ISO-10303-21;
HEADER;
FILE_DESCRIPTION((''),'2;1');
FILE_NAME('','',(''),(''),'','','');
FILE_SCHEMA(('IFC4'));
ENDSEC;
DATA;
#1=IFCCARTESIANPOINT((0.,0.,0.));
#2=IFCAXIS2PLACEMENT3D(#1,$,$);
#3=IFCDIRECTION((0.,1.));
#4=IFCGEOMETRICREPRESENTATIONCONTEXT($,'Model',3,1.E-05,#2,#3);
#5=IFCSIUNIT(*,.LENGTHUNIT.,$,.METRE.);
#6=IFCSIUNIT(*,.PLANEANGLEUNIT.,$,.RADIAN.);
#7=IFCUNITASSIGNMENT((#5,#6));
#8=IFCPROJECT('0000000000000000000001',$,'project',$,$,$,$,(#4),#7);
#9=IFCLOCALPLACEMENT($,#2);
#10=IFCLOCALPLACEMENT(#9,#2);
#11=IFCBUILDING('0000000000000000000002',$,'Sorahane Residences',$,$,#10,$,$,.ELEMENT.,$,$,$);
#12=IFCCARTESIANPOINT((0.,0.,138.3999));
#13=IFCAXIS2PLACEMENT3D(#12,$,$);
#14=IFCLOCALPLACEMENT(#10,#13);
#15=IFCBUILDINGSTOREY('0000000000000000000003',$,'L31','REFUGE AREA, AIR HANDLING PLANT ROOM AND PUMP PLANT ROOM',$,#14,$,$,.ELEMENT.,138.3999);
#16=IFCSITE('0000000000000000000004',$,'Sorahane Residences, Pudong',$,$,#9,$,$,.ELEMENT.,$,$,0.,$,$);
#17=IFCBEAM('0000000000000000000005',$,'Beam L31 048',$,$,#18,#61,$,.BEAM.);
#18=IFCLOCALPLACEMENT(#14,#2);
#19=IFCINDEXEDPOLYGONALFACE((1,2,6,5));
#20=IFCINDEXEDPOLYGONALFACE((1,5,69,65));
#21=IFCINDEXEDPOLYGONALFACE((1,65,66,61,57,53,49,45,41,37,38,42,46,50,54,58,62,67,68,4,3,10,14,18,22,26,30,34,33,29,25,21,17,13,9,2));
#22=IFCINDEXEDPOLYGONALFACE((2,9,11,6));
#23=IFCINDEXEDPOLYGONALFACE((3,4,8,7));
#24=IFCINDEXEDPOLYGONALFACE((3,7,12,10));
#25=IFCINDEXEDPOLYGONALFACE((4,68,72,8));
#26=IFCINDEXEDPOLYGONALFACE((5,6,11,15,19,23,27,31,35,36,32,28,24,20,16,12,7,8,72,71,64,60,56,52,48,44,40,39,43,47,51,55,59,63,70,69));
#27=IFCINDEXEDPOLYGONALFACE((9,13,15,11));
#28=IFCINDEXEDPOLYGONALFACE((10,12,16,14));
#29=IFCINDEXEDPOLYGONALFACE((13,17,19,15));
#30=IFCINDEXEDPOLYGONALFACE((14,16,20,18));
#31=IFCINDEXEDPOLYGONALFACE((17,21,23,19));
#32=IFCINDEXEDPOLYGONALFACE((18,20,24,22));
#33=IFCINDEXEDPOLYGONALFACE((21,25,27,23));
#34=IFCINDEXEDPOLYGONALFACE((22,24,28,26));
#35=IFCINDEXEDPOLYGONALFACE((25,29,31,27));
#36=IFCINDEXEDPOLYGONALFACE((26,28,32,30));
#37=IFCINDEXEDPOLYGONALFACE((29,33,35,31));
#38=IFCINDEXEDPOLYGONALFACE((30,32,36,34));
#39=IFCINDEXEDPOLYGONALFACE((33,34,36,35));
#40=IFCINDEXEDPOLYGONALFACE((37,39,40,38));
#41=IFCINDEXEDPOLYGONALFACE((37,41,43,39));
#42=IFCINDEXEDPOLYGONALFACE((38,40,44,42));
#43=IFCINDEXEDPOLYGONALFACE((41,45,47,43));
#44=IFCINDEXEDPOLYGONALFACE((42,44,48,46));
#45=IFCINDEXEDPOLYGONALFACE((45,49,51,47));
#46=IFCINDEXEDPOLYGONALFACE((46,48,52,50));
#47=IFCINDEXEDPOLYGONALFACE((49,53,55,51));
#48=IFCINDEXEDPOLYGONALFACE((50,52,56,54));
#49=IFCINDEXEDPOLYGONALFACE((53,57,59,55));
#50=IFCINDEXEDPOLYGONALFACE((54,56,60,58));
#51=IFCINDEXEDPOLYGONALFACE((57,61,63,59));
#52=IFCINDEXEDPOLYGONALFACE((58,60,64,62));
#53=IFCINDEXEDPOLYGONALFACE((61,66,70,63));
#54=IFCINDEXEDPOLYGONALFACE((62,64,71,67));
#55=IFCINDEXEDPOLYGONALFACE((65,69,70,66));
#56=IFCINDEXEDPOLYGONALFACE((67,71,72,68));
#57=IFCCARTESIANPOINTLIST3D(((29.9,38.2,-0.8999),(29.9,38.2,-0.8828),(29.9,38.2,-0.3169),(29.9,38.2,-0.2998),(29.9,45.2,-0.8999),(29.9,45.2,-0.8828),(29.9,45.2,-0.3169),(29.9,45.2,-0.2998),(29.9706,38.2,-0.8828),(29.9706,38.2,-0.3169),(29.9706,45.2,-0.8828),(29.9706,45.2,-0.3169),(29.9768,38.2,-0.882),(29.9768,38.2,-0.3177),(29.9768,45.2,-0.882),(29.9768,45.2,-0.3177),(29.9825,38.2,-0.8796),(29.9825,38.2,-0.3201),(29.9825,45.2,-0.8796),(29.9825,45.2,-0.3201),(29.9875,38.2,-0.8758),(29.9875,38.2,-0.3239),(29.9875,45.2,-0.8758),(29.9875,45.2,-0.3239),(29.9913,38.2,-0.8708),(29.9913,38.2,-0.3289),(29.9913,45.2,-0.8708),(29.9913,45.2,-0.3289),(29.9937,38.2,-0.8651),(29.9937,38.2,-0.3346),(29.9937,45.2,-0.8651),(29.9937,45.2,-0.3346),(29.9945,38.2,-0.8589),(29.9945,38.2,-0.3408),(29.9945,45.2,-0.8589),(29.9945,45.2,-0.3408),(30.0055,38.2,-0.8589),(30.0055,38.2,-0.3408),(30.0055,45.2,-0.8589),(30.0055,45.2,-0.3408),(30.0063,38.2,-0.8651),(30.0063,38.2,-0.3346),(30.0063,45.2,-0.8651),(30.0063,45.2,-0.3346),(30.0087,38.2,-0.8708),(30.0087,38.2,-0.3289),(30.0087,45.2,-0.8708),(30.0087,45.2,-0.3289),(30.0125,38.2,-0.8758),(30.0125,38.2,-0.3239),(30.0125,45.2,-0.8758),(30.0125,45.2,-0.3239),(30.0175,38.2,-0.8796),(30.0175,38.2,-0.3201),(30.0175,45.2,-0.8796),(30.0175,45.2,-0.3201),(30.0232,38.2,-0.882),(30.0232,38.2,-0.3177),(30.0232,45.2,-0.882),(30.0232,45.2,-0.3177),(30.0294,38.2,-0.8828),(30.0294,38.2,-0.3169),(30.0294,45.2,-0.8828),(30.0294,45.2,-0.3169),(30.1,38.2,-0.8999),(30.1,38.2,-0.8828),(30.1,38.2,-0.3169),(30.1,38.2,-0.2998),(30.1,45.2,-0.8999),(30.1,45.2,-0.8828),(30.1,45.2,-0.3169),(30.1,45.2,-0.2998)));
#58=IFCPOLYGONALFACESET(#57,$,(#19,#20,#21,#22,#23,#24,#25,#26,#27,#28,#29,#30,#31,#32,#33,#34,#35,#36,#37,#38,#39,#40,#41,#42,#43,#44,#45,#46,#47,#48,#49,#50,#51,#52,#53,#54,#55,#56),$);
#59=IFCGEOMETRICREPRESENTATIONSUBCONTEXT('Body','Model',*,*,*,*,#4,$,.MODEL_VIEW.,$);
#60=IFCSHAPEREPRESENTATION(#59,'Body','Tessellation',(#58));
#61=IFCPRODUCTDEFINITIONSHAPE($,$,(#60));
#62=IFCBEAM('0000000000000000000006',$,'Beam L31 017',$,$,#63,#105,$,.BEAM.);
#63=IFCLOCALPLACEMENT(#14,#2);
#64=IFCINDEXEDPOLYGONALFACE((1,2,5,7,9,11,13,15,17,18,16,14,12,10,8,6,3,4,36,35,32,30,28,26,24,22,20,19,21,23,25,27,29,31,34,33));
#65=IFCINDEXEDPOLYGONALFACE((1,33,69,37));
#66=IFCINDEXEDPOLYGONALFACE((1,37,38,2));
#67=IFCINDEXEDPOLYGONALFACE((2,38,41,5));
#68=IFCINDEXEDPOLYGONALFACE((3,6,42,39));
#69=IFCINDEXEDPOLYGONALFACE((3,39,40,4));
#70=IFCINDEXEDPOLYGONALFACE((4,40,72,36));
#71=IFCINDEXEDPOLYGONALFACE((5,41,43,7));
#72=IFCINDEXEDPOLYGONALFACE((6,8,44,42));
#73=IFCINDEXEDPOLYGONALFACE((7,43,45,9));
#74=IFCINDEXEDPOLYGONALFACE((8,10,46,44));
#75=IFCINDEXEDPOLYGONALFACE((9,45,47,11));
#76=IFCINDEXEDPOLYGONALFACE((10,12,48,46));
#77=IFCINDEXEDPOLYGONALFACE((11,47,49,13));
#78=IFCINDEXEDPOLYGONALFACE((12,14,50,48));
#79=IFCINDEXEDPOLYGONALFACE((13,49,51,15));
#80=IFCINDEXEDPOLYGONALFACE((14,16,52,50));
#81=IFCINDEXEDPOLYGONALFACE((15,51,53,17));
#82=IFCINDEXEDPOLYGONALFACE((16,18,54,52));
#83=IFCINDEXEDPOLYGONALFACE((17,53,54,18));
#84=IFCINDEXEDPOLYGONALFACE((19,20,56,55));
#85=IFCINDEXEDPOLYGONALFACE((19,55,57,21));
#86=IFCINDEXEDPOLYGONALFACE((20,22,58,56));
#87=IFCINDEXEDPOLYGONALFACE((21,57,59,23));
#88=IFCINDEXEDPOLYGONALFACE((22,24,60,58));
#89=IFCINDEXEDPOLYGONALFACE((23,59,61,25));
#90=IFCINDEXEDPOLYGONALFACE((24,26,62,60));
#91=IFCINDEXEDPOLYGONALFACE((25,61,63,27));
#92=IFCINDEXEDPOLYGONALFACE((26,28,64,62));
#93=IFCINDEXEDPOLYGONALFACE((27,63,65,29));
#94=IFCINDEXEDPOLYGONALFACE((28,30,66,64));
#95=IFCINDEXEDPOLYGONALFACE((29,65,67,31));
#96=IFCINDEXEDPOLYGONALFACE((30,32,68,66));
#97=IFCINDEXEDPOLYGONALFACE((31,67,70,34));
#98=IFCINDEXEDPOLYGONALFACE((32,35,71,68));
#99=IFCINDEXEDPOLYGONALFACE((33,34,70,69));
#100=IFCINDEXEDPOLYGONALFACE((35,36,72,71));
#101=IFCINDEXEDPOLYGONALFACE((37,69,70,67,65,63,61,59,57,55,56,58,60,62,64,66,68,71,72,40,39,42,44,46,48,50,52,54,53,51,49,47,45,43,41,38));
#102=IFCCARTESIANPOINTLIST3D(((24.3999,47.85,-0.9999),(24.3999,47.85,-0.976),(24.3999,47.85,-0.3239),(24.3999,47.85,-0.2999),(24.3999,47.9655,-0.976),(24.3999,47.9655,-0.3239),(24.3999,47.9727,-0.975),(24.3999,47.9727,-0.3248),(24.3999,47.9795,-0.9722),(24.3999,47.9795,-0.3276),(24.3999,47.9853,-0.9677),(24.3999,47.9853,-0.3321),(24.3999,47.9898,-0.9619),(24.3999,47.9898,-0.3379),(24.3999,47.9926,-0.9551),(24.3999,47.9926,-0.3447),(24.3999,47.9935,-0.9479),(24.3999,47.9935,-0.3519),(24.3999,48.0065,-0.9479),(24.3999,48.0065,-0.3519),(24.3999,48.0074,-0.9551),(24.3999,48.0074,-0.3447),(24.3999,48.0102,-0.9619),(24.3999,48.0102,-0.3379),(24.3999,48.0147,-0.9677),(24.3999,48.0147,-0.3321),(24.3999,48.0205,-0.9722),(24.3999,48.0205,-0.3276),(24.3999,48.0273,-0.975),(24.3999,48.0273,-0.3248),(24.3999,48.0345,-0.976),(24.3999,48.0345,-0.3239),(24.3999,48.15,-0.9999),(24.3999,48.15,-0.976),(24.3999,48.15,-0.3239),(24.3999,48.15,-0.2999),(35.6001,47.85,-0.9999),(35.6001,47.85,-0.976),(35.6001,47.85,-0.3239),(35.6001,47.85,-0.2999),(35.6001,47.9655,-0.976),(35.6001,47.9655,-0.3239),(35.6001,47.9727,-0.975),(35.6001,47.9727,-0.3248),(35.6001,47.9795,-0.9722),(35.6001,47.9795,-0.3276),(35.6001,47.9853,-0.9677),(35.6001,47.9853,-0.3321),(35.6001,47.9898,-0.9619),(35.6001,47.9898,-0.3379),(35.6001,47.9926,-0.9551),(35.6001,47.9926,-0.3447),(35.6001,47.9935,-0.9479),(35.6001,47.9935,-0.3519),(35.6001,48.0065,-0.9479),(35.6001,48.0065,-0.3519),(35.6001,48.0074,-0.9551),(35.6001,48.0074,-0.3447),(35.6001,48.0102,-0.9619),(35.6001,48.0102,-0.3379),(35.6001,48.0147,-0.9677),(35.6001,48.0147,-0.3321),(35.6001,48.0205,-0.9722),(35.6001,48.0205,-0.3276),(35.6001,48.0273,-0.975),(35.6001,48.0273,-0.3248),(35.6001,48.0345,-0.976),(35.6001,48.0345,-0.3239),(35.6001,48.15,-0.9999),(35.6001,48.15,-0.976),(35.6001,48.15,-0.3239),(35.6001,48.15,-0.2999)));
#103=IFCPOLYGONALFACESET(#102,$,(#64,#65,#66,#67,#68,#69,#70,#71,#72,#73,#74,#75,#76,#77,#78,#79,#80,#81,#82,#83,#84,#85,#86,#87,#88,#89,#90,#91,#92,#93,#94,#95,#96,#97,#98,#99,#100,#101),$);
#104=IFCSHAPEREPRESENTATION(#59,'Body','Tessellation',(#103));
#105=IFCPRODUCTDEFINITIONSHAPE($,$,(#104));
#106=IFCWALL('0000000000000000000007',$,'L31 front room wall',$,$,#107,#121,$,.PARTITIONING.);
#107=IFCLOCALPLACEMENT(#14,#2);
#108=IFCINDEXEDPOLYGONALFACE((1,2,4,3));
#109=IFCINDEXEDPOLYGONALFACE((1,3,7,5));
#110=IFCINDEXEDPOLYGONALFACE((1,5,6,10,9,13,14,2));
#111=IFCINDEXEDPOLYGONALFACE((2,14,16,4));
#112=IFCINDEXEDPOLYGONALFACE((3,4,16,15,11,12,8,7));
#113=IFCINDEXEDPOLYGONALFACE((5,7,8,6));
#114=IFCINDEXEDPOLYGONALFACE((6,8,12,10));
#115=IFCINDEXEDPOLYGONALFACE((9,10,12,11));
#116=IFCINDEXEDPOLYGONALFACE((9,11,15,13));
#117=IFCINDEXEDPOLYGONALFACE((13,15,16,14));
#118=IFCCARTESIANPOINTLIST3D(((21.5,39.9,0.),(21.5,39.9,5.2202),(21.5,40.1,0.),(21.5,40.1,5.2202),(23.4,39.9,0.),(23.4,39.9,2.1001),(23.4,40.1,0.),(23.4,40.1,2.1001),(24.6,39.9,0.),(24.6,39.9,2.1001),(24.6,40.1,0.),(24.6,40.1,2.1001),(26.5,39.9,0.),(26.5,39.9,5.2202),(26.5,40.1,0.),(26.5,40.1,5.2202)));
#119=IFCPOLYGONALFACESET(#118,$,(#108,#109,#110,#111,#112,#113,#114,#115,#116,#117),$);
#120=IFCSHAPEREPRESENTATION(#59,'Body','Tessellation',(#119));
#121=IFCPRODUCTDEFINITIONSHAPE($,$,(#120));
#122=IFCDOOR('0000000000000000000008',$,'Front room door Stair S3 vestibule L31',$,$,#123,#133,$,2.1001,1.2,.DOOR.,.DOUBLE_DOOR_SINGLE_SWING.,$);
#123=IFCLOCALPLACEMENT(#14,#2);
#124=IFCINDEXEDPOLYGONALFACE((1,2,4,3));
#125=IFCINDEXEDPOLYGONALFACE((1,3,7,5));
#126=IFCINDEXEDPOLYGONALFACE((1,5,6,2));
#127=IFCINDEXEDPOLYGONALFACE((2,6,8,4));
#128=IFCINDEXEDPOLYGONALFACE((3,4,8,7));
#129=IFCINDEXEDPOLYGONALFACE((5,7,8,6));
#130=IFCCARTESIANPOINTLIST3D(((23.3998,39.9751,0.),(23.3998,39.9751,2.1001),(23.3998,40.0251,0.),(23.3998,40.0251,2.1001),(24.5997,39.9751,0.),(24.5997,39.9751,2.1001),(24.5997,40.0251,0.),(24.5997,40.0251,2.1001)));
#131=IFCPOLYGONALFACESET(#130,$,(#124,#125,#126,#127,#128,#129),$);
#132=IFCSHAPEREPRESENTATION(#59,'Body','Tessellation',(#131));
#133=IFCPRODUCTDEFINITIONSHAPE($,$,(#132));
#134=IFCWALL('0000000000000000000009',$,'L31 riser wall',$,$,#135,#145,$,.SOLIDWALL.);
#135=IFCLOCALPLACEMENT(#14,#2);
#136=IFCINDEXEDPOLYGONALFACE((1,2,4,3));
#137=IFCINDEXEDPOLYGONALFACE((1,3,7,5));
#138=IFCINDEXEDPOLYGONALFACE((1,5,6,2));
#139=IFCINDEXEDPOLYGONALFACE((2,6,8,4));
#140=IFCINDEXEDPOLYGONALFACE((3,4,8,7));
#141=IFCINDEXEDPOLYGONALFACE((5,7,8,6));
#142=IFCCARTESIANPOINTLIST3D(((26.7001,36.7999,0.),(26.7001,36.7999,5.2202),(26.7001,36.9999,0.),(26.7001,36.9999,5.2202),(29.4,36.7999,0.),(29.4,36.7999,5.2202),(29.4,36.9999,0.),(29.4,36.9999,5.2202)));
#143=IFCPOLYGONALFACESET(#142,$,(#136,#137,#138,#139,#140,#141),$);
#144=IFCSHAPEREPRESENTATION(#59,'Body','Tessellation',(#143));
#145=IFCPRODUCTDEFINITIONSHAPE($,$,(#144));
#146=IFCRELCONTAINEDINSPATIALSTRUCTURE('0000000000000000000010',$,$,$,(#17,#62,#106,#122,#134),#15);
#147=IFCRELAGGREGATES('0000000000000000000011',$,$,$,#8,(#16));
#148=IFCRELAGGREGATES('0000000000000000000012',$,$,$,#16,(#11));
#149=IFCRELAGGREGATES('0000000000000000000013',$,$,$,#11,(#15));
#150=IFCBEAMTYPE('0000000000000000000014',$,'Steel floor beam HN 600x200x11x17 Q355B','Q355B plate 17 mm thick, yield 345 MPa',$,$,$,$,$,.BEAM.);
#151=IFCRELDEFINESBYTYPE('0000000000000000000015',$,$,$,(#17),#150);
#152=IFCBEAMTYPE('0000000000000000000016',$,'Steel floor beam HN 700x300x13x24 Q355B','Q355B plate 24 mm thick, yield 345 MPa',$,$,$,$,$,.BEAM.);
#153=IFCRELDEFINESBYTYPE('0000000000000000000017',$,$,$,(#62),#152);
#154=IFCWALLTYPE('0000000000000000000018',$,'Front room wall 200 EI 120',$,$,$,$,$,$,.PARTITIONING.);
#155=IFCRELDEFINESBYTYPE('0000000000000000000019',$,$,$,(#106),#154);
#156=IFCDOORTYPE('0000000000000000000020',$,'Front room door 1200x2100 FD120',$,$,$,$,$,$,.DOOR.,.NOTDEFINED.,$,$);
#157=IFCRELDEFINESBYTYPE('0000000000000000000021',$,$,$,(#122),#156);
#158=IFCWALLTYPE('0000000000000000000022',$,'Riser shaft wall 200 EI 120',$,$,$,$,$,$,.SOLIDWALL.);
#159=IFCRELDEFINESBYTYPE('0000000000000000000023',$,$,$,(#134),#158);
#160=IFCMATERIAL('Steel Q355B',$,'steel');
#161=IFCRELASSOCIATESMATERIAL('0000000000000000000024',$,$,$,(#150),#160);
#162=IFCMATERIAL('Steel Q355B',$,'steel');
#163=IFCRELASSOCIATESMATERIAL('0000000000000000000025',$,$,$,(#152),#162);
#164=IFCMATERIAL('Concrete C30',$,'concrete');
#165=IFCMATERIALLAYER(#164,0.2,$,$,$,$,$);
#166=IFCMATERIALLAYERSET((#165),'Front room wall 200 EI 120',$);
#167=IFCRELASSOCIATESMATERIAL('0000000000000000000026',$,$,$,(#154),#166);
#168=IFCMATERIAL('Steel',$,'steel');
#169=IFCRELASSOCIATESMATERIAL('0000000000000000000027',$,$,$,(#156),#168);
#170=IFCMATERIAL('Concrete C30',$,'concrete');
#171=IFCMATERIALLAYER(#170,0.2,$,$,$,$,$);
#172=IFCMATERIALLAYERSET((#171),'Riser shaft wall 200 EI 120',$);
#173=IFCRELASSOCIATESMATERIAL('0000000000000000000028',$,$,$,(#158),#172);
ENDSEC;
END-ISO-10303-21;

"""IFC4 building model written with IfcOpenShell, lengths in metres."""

from ifc_helpers import new_model, si_unit, direction, frame, frame_2d, origin, origin_2d, place, context, subcontext, project, spatial, rectangle, i_section, extrude, material, layer, layer_set, material_profile, profile_set, type_object, element, fill, save


model = new_model("IFC4")

# Units and contexts
model_context = context("Model", 3, precision=1e-05, world=origin(), true_north=direction((0.0, 1.0)))
body_context = subcontext(model_context, "Body", "Model", "MODEL_VIEW")
ifc_project = project(units=[si_unit("LENGTHUNIT", "METRE"), si_unit("PLANEANGLEUNIT", "RADIAN")], contexts=[model_context])

# Site, building, storey
site_placement = place(None, origin())
site = spatial("IfcSite", under=ifc_project, at=site_placement, Name="Sorahane Residences, Pudong", CompositionType="ELEMENT", RefElevation=0.0)
building_placement = place(site_placement, origin())
building = spatial("IfcBuilding", under=site, at=building_placement, Name="Sorahane Residences", CompositionType="ELEMENT")
storey_placement = place(building_placement, frame((0.0, 0.0, 138.3999)))
storey = spatial("IfcBuildingStorey", under=building, at=storey_placement, Name="L31", Description="REFUGE AREA, AIR HANDLING PLANT ROOM AND PUMP PLANT ROOM", CompositionType="ELEMENT", Elevation=138.3999)

# Beams
ifc_material_1 = material(Name="Steel Q355B", Category="steel")
ifc_material_profile_1 = material_profile(ifc_material_1, i_section(OverallWidth=0.2, OverallDepth=0.6001, WebThickness=0.011, FlangeThickness=0.0171, FilletRadius=0.0239, at=origin_2d()), Name="HN 600x200x11x17")
ifc_profile_set_1 = profile_set([ifc_material_profile_1], Name="Steel Q355B")
beam_type_1 = type_object("IfcBeamType", Name="Steel floor beam HN 600x200x11x17 Q355B", Description="Q355B plate 17 mm thick, yield 345 MPa", PredefinedType="BEAM", material=ifc_profile_set_1)
for number, where, z_axis, x_axis, name in (
    (1, (30.0, 38.2, -0.5999), (0.0, 1.0, 0.0), (-1.0, 0.0, 0.0), "Beam L31 048"),
):
    element("IfcBeam", number, at=place(storey_placement, frame(where, z_axis=z_axis, x_axis=x_axis)), inside=storey, type_object=beam_type_1, Name=name, PredefinedType="BEAM", context=body_context, shape_type="SweptSolid", body=[
        extrude(i_section(OverallWidth=0.2, OverallDepth=0.6001, WebThickness=0.011, FlangeThickness=0.0171, FilletRadius=0.0239, at=origin_2d()), origin(), (0.0, 0.0, 1.0), 7.0),
    ])
ifc_material_2 = material(Name="Steel Q355B", Category="steel")
ifc_material_profile_2 = material_profile(ifc_material_2, i_section(OverallWidth=0.3, OverallDepth=0.7, WebThickness=0.0129, FlangeThickness=0.0239, FilletRadius=0.0281, at=origin_2d()), Name="HN 700x300x13x24")
ifc_profile_set_2 = profile_set([ifc_material_profile_2], Name="Steel Q355B")
beam_type_2 = type_object("IfcBeamType", Name="Steel floor beam HN 700x300x13x24 Q355B", Description="Q355B plate 24 mm thick, yield 345 MPa", PredefinedType="BEAM", material=ifc_profile_set_2)
beam_1_placement = place(storey_placement, frame((24.3999, 48.0, -0.6499), z_axis=(1.0, 0.0, 0.0), x_axis=(0.0, 1.0, 0.0)))
element("IfcBeam", 2, at=beam_1_placement, inside=storey, type_object=beam_type_2, Name="Beam L31 017", PredefinedType="BEAM", context=body_context, shape_type="SweptSolid", body=[
    extrude(i_section(OverallWidth=0.3, OverallDepth=0.7, WebThickness=0.0129, FlangeThickness=0.0239, FilletRadius=0.0281, at=origin_2d()), origin(), (0.0, 0.0, 1.0), 11.2002),
])

# Wall, opening, door
ifc_material_3 = material(Name="Concrete C30", Category="concrete")
ifc_layer_1 = layer(ifc_material_3, 0.2)
ifc_layer_set_1 = layer_set([ifc_layer_1], Name="Front room wall 200 EI 120")
wall_type_1 = type_object("IfcWallType", Name="Front room wall 200 EI 120", PredefinedType="PARTITIONING", material=ifc_layer_set_1)
wall_1_placement = place(storey_placement, frame((21.5, 40.0, 0.0), z_axis=(0.0, 0.0, 1.0), x_axis=(1.0, 0.0, 0.0)))
wall_1 = element("IfcWall", 3, at=wall_1_placement, inside=storey, type_object=wall_type_1, Name="L31 front room wall", PredefinedType="PARTITIONING", context=body_context, shape_type="SweptSolid", body=[
    extrude(rectangle(XDim=5.0, YDim=0.2, at=frame_2d((2.5, 0.0))), origin(), (0.0, 0.0, 1.0), 5.2202),
])
opening_placement = place(wall_1_placement, frame((1.8999, 0.0, 0.0)))
opening = element("IfcOpeningElement", 4, at=opening_placement, cuts=wall_1, PredefinedType="OPENING", context=body_context, shape_type="SweptSolid", body=[
    extrude(rectangle(XDim=1.2, YDim=2.1001, at=frame_2d((0.6001, 1.05))), frame((0.0, 0.1099, 0.0), z_axis=(0.0, -1.0, 0.0), x_axis=(1.0, 0.0, 0.0)), (0.0, 0.0, 1.0), 0.22),
])
ifc_material_4 = material(Name="Steel", Category="steel")
door_type = type_object("IfcDoorType", Name="Front room door 1200x2100 FD120", OperationType="NOTDEFINED", PredefinedType="DOOR", material=ifc_material_4)
door_placement = place(opening_placement, frame((1.2, 0.0, 0.0), z_axis=(0.0, 0.0, 1.0), x_axis=(-1.0, 0.0, 0.0)))
door = element("IfcDoor", 5, at=door_placement, inside=storey, type_object=door_type, Name="Front room door Stair S3 vestibule L31", OperationType="DOUBLE_DOOR_SINGLE_SWING", OverallHeight=2.1001, OverallWidth=1.2, PredefinedType="DOOR", context=body_context, shape_type="SweptSolid", body=[
    extrude(rectangle(XDim=1.2, YDim=2.1001, at=frame_2d((0.6001, 1.05))), frame((0.0, 0.0249, 0.0), z_axis=(0.0, -1.0, 0.0), x_axis=(1.0, 0.0, 0.0)), (0.0, 0.0, 1.0), 0.05),
])
fill(opening, door)

# Wall
ifc_material_5 = material(Name="Concrete C30", Category="concrete")
ifc_layer_2 = layer(ifc_material_5, 0.2)
ifc_layer_set_2 = layer_set([ifc_layer_2], Name="Riser shaft wall 200 EI 120")
wall_type_2 = type_object("IfcWallType", Name="Riser shaft wall 200 EI 120", PredefinedType="SOLIDWALL", material=ifc_layer_set_2)
wall_2_placement = place(storey_placement, frame((26.7, 36.8999, 0.0), z_axis=(0.0, 0.0, 1.0), x_axis=(1.0, 0.0, 0.0)))
element("IfcWall", 6, at=wall_2_placement, inside=storey, type_object=wall_type_2, Name="L31 riser wall", PredefinedType="SOLIDWALL", context=body_context, shape_type="SweptSolid", body=[
    extrude(rectangle(XDim=2.7, YDim=0.2, at=frame_2d((1.3501, 0.0))), origin(), (0.0, 0.0, 1.0), 5.2202),
])

save(model, "model.ifc")
